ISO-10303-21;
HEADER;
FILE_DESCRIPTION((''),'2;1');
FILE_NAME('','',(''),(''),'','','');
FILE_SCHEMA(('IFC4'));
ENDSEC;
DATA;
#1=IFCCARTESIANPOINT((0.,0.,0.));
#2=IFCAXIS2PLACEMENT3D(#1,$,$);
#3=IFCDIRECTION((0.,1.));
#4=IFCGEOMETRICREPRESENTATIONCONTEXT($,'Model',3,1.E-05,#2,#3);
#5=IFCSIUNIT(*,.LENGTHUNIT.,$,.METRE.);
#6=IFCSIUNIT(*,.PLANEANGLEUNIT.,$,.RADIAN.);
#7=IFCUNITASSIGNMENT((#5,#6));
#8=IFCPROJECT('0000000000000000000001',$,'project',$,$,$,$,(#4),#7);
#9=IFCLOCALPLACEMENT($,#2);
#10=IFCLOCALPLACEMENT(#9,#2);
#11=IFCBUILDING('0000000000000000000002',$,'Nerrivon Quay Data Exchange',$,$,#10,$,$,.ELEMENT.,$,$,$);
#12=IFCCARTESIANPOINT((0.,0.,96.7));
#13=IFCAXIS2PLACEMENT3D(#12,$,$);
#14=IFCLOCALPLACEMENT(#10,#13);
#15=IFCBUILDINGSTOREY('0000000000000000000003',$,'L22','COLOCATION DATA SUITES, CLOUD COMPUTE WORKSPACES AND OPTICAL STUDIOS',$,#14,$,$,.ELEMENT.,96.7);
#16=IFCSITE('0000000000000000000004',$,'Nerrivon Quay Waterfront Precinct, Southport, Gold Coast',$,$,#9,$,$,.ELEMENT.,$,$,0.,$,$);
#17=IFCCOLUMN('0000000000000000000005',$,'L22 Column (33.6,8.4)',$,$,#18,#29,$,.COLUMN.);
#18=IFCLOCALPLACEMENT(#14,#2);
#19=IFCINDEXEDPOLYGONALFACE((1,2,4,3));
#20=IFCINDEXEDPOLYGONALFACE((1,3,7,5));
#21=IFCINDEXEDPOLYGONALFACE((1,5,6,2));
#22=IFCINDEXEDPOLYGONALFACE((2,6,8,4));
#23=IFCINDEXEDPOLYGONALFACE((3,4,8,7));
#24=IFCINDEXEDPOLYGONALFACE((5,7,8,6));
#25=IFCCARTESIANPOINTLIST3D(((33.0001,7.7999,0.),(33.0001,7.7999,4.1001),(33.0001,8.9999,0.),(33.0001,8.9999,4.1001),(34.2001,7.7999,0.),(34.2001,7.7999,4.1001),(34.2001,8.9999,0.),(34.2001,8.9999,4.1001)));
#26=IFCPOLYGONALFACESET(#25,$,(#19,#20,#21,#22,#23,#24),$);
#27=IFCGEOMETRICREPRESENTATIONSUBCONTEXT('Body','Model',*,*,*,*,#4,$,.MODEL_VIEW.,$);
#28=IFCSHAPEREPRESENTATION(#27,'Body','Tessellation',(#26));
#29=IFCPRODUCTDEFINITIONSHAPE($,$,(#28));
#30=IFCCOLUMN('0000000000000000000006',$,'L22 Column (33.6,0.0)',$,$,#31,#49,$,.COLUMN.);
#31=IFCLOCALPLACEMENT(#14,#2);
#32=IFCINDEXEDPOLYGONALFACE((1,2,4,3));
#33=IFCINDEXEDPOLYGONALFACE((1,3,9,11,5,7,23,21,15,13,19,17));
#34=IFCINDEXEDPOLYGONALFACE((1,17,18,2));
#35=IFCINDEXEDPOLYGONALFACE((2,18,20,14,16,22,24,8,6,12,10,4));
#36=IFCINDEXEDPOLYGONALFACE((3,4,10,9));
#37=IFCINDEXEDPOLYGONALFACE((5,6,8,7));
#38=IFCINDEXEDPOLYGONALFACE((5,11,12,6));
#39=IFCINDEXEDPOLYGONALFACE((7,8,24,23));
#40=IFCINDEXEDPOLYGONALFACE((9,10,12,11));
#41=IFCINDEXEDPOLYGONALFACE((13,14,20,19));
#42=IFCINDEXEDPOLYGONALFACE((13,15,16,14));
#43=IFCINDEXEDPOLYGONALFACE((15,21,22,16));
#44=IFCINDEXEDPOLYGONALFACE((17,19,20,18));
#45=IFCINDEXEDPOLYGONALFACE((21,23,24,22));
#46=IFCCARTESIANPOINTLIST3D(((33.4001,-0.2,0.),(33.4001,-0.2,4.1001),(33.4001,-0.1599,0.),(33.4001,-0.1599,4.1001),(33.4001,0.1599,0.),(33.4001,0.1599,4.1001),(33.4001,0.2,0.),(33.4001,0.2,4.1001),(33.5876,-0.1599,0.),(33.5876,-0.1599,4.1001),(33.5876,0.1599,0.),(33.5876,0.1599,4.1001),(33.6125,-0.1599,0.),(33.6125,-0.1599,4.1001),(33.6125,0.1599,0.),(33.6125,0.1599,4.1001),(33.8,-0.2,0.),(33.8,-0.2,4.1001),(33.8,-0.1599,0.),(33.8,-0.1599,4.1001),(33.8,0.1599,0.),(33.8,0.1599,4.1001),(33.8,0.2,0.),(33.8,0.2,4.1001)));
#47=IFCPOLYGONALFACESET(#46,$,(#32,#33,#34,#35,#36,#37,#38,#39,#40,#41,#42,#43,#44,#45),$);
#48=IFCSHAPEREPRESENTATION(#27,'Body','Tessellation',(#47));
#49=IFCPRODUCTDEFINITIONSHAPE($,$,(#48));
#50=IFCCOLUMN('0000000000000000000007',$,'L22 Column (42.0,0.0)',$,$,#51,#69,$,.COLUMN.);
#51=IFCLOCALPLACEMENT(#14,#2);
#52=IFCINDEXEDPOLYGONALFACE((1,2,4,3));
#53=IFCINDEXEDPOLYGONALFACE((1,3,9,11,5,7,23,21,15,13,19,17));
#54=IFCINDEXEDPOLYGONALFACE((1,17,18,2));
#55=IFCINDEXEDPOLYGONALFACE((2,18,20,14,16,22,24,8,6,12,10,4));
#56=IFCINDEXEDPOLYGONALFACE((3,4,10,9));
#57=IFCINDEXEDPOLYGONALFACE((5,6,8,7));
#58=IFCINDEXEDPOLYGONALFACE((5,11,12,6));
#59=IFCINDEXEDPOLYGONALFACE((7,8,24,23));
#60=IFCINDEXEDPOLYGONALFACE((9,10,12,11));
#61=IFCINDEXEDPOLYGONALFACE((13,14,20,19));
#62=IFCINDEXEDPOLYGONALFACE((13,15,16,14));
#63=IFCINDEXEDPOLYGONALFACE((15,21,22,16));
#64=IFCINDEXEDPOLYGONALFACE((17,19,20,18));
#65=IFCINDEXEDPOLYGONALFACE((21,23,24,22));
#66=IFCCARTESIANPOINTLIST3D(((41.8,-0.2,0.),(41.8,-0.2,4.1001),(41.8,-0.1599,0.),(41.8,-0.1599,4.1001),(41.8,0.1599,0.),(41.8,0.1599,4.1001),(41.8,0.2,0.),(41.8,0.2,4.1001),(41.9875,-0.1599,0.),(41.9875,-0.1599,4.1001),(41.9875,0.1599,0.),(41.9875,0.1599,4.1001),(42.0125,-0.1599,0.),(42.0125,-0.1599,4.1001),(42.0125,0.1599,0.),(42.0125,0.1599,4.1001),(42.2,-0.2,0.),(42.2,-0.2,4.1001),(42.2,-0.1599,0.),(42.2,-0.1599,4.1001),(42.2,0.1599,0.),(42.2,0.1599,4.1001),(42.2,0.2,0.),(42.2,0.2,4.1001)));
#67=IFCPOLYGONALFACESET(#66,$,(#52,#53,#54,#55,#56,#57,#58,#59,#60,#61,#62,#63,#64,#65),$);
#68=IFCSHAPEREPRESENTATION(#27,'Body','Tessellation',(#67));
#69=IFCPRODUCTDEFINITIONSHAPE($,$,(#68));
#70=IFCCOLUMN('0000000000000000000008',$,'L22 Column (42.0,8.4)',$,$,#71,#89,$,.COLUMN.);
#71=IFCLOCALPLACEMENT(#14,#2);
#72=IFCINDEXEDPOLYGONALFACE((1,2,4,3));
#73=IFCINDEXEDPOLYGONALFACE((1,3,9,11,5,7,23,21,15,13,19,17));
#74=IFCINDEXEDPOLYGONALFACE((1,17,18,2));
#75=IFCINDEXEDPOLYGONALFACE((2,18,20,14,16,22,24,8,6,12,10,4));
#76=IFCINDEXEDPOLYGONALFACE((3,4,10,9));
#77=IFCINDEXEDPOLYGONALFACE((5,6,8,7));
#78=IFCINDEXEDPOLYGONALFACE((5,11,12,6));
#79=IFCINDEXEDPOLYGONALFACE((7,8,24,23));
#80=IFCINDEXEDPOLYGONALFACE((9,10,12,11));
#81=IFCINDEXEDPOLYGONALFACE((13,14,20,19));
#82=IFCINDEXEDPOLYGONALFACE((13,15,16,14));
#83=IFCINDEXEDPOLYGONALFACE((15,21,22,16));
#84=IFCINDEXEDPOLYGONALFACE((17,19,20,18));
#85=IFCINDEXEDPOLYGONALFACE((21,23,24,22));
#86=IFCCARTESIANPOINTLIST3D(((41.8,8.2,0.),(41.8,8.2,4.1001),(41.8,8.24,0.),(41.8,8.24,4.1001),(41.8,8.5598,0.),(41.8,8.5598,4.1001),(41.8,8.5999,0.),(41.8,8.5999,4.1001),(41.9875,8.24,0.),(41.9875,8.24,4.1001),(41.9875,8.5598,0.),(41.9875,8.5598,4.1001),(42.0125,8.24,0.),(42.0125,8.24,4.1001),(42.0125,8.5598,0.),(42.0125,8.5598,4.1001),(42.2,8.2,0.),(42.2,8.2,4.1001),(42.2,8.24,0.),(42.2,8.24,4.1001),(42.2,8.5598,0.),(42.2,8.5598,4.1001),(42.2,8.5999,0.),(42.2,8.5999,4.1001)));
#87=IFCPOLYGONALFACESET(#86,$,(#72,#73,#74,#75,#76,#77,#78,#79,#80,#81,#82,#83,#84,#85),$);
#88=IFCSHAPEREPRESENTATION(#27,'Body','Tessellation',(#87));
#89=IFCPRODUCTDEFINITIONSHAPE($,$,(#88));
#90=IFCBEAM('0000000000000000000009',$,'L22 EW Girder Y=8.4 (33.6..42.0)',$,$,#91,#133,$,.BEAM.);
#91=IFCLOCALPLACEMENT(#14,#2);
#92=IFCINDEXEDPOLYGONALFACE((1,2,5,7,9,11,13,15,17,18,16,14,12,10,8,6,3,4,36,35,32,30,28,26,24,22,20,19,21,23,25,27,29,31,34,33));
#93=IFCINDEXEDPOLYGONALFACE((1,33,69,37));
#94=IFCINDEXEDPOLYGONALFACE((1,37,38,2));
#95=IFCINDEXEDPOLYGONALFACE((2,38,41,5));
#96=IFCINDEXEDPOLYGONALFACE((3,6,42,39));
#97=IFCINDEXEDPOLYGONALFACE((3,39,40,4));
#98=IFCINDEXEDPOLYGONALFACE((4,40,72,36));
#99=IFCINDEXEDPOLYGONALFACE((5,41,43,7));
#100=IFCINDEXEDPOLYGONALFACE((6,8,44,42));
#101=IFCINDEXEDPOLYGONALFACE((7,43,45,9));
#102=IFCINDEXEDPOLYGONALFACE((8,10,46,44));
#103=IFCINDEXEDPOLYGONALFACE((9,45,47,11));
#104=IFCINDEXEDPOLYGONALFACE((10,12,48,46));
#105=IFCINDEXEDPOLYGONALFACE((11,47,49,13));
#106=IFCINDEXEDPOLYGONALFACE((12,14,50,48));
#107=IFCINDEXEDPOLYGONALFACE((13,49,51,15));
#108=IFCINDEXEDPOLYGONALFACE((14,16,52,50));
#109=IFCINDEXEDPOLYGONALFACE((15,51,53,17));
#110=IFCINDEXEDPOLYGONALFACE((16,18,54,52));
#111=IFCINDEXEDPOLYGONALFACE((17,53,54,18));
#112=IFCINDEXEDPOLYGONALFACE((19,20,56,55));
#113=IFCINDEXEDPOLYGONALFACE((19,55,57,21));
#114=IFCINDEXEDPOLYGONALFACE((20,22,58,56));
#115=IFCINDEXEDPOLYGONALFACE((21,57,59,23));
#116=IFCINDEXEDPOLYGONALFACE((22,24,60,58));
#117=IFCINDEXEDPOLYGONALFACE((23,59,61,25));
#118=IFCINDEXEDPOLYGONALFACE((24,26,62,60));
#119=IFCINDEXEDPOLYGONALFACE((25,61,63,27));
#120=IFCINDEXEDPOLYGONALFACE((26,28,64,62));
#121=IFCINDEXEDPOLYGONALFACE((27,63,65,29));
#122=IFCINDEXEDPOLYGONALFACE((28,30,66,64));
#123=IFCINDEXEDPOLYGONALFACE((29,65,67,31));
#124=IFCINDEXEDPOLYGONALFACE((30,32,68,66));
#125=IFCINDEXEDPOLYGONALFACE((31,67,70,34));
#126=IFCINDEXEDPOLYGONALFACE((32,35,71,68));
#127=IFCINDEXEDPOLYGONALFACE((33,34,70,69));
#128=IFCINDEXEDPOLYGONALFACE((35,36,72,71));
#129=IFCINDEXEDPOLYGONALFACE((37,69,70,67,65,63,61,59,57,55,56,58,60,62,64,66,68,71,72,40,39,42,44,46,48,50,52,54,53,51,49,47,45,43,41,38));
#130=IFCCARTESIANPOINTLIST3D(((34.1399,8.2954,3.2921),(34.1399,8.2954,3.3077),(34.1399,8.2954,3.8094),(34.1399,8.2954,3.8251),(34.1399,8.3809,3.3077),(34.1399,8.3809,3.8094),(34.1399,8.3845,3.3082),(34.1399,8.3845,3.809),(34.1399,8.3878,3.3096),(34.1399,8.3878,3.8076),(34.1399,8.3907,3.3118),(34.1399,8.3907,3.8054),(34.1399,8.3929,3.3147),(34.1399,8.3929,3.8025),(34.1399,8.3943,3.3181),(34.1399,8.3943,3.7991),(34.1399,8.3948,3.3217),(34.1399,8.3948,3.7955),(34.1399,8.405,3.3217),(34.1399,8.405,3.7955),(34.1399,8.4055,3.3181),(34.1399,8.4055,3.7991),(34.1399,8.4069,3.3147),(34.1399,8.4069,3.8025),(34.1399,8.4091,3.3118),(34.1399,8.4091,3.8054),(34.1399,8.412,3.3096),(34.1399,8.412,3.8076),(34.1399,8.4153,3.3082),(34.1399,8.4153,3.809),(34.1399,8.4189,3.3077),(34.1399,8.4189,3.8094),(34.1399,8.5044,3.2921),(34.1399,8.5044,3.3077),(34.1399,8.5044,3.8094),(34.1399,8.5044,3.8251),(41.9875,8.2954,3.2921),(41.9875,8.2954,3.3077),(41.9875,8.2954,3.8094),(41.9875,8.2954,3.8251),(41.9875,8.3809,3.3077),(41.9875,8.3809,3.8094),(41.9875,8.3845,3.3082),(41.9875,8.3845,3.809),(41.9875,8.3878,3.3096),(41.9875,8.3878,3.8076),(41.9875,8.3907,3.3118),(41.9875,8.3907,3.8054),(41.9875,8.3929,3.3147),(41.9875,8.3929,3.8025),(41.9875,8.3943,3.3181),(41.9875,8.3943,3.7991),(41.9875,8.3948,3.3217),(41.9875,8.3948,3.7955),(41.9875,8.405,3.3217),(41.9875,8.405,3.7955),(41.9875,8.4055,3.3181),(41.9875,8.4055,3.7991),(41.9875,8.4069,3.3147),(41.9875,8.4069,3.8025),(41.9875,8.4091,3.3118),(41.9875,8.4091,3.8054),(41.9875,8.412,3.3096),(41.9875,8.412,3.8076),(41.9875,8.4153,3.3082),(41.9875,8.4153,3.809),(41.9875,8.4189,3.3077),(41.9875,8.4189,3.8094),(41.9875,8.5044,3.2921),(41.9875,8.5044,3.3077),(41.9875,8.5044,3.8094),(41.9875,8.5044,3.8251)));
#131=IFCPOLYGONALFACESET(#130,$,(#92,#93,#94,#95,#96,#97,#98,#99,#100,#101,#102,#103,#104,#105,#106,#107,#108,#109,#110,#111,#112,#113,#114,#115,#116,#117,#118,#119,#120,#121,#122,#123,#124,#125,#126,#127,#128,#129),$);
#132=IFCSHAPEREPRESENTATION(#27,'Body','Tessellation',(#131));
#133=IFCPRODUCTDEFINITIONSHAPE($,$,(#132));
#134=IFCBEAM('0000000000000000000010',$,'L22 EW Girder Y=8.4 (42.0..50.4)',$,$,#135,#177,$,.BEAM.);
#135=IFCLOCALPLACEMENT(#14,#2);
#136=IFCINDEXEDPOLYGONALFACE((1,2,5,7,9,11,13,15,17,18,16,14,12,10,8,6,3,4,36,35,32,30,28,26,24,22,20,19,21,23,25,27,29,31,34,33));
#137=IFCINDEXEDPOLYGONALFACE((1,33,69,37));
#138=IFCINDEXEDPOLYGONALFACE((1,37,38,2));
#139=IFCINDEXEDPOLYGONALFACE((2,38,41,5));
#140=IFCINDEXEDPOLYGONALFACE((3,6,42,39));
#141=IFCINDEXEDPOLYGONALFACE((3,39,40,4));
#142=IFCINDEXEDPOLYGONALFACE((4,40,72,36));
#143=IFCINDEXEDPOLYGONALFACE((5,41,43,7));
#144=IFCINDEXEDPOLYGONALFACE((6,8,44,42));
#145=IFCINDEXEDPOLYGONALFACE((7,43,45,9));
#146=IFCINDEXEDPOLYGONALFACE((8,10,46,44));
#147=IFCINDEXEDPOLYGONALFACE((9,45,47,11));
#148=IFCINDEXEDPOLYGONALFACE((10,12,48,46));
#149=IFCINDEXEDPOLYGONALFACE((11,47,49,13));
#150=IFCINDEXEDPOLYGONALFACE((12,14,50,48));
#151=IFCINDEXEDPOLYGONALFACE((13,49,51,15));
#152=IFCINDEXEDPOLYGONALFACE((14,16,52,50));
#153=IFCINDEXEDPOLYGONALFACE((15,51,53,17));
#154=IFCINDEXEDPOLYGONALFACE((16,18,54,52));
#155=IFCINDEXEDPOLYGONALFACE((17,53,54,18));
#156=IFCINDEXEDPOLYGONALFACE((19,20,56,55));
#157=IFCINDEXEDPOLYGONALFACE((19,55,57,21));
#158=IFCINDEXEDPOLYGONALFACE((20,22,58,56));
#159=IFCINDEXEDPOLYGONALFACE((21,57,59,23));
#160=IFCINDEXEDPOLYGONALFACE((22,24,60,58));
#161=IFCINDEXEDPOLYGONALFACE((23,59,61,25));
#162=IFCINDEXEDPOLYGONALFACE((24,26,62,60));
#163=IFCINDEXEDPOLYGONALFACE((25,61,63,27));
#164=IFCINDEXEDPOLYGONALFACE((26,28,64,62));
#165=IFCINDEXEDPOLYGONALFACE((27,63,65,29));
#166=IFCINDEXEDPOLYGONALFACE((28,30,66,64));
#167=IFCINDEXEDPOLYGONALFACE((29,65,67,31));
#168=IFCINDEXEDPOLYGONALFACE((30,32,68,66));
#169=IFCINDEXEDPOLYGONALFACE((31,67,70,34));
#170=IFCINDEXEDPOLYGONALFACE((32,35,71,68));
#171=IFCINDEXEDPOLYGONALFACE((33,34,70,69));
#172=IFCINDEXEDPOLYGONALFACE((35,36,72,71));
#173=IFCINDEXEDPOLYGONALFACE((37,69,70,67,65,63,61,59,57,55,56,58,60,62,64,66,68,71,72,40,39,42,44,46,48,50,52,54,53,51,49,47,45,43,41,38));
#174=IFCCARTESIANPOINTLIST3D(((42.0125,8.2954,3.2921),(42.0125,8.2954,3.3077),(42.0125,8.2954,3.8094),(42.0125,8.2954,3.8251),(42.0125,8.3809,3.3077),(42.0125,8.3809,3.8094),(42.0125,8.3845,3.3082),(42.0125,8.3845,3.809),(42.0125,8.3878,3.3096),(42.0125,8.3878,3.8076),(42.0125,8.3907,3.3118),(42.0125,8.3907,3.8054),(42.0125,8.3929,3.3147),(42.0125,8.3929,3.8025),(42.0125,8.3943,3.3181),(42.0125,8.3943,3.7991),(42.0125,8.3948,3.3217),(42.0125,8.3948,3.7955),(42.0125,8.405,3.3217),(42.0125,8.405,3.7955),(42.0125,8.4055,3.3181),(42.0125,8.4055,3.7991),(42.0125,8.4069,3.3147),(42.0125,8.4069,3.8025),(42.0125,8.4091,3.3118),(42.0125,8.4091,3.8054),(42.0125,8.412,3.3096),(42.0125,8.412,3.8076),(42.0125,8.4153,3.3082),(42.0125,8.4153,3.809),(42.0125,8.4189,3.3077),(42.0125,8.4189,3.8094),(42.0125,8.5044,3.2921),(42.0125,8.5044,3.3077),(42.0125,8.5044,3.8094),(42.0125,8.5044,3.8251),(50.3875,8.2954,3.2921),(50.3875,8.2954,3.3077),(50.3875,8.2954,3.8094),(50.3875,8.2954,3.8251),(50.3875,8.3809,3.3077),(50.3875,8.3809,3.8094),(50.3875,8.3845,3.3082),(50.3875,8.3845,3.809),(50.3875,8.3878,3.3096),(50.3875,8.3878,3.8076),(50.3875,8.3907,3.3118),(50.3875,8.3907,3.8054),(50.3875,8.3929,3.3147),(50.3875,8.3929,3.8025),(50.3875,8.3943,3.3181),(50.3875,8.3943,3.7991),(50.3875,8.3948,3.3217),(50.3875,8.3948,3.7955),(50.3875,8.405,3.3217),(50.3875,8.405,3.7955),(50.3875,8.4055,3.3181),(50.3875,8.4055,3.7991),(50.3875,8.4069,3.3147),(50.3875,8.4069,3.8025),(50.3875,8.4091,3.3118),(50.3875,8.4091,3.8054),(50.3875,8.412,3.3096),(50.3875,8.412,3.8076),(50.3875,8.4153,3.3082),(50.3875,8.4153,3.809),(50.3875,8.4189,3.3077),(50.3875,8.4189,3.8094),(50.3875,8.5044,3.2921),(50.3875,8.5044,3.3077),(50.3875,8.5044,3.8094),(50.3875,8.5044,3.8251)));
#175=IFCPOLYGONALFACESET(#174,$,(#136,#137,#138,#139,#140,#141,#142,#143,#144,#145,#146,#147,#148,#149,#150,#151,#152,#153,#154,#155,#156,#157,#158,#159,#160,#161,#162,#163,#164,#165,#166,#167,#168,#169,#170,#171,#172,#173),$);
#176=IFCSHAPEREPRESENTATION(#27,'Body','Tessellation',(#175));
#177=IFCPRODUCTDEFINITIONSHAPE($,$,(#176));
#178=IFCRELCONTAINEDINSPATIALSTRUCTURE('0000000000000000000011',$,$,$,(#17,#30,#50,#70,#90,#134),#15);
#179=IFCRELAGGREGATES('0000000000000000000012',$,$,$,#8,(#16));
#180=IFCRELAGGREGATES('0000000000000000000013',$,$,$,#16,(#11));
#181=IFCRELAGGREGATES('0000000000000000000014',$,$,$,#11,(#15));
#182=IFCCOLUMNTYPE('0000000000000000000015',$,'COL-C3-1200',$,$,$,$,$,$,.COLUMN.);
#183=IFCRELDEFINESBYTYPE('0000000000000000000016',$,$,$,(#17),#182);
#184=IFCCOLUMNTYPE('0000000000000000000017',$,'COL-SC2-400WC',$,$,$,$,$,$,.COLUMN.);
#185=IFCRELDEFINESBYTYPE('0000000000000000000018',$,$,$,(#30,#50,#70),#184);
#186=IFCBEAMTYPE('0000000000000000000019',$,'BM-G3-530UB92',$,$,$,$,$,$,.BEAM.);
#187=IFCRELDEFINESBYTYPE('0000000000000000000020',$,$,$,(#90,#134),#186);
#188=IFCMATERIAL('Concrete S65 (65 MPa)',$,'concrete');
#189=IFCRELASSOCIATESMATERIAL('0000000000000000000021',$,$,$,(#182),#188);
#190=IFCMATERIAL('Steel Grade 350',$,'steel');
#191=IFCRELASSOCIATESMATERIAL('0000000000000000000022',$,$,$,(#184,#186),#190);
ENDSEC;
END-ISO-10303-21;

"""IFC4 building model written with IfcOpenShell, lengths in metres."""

from ifc_helpers import new_model, si_unit, direction, frame, origin, origin_2d, place, context, subcontext, project, spatial, rectangle, i_section, extrude, material, material_profile, profile_set, type_object, element, save


model = new_model("IFC4")

# Units and contexts
model_context = context("Model", 3, precision=1e-05, world=origin(), true_north=direction((0.0, 1.0)))
body_context = subcontext(model_context, "Body", "Model", "MODEL_VIEW")
ifc_project = project(units=[si_unit("LENGTHUNIT", "METRE"), si_unit("PLANEANGLEUNIT", "RADIAN")], contexts=[model_context])

# Site, building, storey
site_placement = place(None, origin())
site = spatial("IfcSite", under=ifc_project, at=site_placement, Name="Nerrivon Quay Waterfront Precinct, Southport, Gold Coast", CompositionType="ELEMENT", RefElevation=0.0)
building_placement = place(site_placement, origin())
building = spatial("IfcBuilding", under=site, at=building_placement, Name="Nerrivon Quay Data Exchange", CompositionType="ELEMENT")
storey_placement = place(building_placement, frame((0.0, 0.0, 96.7)))
storey = spatial("IfcBuildingStorey", under=building, at=storey_placement, Name="L22", Description="COLOCATION DATA SUITES, CLOUD COMPUTE WORKSPACES AND OPTICAL STUDIOS", CompositionType="ELEMENT", Elevation=96.7)

# Columns
ifc_material_1 = material(Name="Concrete S65 (65 MPa)", Category="concrete")
ifc_material_profile_1 = material_profile(ifc_material_1, rectangle(XDim=1.2, YDim=1.2, at=origin_2d()), Name="RC-COL-1200x1200")
ifc_profile_set_1 = profile_set([ifc_material_profile_1], Name="Concrete S65 (65 MPa)")
column_type_1 = type_object("IfcColumnType", Name="COL-C3-1200", PredefinedType="COLUMN", material=ifc_profile_set_1)
column_placement = place(storey_placement, frame((33.6001, 8.3999, 0.0), z_axis=(0.0, 0.0, 1.0), x_axis=(1.0, 0.0, 0.0)))
element("IfcColumn", 1, at=column_placement, inside=storey, type_object=column_type_1, Name="L22 Column (33.6,8.4)", PredefinedType="COLUMN", context=body_context, shape_type="SweptSolid", body=[
    extrude(rectangle(XDim=1.2, YDim=1.2, at=origin_2d()), origin(), (0.0, 0.0, 1.0), 4.1001),
])
ifc_material_2 = material(Name="Steel Grade 350", Category="steel")
ifc_material_profile_2 = material_profile(ifc_material_2, i_section(OverallWidth=0.3999, OverallDepth=0.3999, WebThickness=0.0249, FlangeThickness=0.04, at=origin_2d()), Name="400WC328")
ifc_profile_set_2 = profile_set([ifc_material_profile_2], Name="Steel Grade 350")
column_type_2 = type_object("IfcColumnType", Name="COL-SC2-400WC", PredefinedType="COLUMN", material=ifc_profile_set_2)
for number, where, z_axis, x_axis, name in (
    (2, (33.6001, 0.0, 0.0), (0.0, 0.0, 1.0), (1.0, 0.0, 0.0), "L22 Column (33.6,0.0)"),
    (3, (42.0, 0.0, 0.0), (0.0, 0.0, 1.0), (1.0, 0.0, 0.0), "L22 Column (42.0,0.0)"),
    (4, (42.0, 8.3999, 0.0), (0.0, 0.0, 1.0), (1.0, 0.0, 0.0), "L22 Column (42.0,8.4)"),
):
    element("IfcColumn", number, at=place(storey_placement, frame(where, z_axis=z_axis, x_axis=x_axis)), inside=storey, type_object=column_type_2, Name=name, PredefinedType="COLUMN", context=body_context, shape_type="SweptSolid", body=[
        extrude(i_section(OverallWidth=0.3999, OverallDepth=0.3999, WebThickness=0.0249, FlangeThickness=0.04, at=origin_2d()), origin(), (0.0, 0.0, 1.0), 4.1001),
    ])

# Beams
ifc_material_profile_3 = material_profile(ifc_material_2, i_section(OverallWidth=0.209, OverallDepth=0.533, WebThickness=0.0103, FlangeThickness=0.0156, FilletRadius=0.0139, at=origin_2d()), Name="530UB92.4")
ifc_profile_set_3 = profile_set([ifc_material_profile_3], Name="Steel Grade 350")
beam_type_1 = type_object("IfcBeamType", Name="BM-G3-530UB92", PredefinedType="BEAM", material=ifc_profile_set_3)
beam_1_placement = place(storey_placement, frame((34.1399, 8.3999, 3.5586), z_axis=(1.0, 0.0, 0.0), x_axis=(0.0, 1.0, 0.0)))
element("IfcBeam", 5, at=beam_1_placement, inside=storey, type_object=beam_type_1, Name="L22 EW Girder Y=8.4 (33.6..42.0)", PredefinedType="BEAM", context=body_context, shape_type="SweptSolid", body=[
    extrude(i_section(OverallWidth=0.209, OverallDepth=0.533, WebThickness=0.0103, FlangeThickness=0.0156, FilletRadius=0.0139, at=origin_2d()), origin(), (0.0, 0.0, 1.0), 7.8477),
])
beam_2_placement = place(storey_placement, frame((42.0125, 8.3999, 3.5586), z_axis=(1.0, 0.0, 0.0), x_axis=(0.0, 1.0, 0.0)))
element("IfcBeam", 6, at=beam_2_placement, inside=storey, type_object=beam_type_1, Name="L22 EW Girder Y=8.4 (42.0..50.4)", PredefinedType="BEAM", context=body_context, shape_type="SweptSolid", body=[
    extrude(i_section(OverallWidth=0.209, OverallDepth=0.533, WebThickness=0.0103, FlangeThickness=0.0156, FilletRadius=0.0139, at=origin_2d()), origin(), (0.0, 0.0, 1.0), 8.375),
])

save(model, "model.ifc")
